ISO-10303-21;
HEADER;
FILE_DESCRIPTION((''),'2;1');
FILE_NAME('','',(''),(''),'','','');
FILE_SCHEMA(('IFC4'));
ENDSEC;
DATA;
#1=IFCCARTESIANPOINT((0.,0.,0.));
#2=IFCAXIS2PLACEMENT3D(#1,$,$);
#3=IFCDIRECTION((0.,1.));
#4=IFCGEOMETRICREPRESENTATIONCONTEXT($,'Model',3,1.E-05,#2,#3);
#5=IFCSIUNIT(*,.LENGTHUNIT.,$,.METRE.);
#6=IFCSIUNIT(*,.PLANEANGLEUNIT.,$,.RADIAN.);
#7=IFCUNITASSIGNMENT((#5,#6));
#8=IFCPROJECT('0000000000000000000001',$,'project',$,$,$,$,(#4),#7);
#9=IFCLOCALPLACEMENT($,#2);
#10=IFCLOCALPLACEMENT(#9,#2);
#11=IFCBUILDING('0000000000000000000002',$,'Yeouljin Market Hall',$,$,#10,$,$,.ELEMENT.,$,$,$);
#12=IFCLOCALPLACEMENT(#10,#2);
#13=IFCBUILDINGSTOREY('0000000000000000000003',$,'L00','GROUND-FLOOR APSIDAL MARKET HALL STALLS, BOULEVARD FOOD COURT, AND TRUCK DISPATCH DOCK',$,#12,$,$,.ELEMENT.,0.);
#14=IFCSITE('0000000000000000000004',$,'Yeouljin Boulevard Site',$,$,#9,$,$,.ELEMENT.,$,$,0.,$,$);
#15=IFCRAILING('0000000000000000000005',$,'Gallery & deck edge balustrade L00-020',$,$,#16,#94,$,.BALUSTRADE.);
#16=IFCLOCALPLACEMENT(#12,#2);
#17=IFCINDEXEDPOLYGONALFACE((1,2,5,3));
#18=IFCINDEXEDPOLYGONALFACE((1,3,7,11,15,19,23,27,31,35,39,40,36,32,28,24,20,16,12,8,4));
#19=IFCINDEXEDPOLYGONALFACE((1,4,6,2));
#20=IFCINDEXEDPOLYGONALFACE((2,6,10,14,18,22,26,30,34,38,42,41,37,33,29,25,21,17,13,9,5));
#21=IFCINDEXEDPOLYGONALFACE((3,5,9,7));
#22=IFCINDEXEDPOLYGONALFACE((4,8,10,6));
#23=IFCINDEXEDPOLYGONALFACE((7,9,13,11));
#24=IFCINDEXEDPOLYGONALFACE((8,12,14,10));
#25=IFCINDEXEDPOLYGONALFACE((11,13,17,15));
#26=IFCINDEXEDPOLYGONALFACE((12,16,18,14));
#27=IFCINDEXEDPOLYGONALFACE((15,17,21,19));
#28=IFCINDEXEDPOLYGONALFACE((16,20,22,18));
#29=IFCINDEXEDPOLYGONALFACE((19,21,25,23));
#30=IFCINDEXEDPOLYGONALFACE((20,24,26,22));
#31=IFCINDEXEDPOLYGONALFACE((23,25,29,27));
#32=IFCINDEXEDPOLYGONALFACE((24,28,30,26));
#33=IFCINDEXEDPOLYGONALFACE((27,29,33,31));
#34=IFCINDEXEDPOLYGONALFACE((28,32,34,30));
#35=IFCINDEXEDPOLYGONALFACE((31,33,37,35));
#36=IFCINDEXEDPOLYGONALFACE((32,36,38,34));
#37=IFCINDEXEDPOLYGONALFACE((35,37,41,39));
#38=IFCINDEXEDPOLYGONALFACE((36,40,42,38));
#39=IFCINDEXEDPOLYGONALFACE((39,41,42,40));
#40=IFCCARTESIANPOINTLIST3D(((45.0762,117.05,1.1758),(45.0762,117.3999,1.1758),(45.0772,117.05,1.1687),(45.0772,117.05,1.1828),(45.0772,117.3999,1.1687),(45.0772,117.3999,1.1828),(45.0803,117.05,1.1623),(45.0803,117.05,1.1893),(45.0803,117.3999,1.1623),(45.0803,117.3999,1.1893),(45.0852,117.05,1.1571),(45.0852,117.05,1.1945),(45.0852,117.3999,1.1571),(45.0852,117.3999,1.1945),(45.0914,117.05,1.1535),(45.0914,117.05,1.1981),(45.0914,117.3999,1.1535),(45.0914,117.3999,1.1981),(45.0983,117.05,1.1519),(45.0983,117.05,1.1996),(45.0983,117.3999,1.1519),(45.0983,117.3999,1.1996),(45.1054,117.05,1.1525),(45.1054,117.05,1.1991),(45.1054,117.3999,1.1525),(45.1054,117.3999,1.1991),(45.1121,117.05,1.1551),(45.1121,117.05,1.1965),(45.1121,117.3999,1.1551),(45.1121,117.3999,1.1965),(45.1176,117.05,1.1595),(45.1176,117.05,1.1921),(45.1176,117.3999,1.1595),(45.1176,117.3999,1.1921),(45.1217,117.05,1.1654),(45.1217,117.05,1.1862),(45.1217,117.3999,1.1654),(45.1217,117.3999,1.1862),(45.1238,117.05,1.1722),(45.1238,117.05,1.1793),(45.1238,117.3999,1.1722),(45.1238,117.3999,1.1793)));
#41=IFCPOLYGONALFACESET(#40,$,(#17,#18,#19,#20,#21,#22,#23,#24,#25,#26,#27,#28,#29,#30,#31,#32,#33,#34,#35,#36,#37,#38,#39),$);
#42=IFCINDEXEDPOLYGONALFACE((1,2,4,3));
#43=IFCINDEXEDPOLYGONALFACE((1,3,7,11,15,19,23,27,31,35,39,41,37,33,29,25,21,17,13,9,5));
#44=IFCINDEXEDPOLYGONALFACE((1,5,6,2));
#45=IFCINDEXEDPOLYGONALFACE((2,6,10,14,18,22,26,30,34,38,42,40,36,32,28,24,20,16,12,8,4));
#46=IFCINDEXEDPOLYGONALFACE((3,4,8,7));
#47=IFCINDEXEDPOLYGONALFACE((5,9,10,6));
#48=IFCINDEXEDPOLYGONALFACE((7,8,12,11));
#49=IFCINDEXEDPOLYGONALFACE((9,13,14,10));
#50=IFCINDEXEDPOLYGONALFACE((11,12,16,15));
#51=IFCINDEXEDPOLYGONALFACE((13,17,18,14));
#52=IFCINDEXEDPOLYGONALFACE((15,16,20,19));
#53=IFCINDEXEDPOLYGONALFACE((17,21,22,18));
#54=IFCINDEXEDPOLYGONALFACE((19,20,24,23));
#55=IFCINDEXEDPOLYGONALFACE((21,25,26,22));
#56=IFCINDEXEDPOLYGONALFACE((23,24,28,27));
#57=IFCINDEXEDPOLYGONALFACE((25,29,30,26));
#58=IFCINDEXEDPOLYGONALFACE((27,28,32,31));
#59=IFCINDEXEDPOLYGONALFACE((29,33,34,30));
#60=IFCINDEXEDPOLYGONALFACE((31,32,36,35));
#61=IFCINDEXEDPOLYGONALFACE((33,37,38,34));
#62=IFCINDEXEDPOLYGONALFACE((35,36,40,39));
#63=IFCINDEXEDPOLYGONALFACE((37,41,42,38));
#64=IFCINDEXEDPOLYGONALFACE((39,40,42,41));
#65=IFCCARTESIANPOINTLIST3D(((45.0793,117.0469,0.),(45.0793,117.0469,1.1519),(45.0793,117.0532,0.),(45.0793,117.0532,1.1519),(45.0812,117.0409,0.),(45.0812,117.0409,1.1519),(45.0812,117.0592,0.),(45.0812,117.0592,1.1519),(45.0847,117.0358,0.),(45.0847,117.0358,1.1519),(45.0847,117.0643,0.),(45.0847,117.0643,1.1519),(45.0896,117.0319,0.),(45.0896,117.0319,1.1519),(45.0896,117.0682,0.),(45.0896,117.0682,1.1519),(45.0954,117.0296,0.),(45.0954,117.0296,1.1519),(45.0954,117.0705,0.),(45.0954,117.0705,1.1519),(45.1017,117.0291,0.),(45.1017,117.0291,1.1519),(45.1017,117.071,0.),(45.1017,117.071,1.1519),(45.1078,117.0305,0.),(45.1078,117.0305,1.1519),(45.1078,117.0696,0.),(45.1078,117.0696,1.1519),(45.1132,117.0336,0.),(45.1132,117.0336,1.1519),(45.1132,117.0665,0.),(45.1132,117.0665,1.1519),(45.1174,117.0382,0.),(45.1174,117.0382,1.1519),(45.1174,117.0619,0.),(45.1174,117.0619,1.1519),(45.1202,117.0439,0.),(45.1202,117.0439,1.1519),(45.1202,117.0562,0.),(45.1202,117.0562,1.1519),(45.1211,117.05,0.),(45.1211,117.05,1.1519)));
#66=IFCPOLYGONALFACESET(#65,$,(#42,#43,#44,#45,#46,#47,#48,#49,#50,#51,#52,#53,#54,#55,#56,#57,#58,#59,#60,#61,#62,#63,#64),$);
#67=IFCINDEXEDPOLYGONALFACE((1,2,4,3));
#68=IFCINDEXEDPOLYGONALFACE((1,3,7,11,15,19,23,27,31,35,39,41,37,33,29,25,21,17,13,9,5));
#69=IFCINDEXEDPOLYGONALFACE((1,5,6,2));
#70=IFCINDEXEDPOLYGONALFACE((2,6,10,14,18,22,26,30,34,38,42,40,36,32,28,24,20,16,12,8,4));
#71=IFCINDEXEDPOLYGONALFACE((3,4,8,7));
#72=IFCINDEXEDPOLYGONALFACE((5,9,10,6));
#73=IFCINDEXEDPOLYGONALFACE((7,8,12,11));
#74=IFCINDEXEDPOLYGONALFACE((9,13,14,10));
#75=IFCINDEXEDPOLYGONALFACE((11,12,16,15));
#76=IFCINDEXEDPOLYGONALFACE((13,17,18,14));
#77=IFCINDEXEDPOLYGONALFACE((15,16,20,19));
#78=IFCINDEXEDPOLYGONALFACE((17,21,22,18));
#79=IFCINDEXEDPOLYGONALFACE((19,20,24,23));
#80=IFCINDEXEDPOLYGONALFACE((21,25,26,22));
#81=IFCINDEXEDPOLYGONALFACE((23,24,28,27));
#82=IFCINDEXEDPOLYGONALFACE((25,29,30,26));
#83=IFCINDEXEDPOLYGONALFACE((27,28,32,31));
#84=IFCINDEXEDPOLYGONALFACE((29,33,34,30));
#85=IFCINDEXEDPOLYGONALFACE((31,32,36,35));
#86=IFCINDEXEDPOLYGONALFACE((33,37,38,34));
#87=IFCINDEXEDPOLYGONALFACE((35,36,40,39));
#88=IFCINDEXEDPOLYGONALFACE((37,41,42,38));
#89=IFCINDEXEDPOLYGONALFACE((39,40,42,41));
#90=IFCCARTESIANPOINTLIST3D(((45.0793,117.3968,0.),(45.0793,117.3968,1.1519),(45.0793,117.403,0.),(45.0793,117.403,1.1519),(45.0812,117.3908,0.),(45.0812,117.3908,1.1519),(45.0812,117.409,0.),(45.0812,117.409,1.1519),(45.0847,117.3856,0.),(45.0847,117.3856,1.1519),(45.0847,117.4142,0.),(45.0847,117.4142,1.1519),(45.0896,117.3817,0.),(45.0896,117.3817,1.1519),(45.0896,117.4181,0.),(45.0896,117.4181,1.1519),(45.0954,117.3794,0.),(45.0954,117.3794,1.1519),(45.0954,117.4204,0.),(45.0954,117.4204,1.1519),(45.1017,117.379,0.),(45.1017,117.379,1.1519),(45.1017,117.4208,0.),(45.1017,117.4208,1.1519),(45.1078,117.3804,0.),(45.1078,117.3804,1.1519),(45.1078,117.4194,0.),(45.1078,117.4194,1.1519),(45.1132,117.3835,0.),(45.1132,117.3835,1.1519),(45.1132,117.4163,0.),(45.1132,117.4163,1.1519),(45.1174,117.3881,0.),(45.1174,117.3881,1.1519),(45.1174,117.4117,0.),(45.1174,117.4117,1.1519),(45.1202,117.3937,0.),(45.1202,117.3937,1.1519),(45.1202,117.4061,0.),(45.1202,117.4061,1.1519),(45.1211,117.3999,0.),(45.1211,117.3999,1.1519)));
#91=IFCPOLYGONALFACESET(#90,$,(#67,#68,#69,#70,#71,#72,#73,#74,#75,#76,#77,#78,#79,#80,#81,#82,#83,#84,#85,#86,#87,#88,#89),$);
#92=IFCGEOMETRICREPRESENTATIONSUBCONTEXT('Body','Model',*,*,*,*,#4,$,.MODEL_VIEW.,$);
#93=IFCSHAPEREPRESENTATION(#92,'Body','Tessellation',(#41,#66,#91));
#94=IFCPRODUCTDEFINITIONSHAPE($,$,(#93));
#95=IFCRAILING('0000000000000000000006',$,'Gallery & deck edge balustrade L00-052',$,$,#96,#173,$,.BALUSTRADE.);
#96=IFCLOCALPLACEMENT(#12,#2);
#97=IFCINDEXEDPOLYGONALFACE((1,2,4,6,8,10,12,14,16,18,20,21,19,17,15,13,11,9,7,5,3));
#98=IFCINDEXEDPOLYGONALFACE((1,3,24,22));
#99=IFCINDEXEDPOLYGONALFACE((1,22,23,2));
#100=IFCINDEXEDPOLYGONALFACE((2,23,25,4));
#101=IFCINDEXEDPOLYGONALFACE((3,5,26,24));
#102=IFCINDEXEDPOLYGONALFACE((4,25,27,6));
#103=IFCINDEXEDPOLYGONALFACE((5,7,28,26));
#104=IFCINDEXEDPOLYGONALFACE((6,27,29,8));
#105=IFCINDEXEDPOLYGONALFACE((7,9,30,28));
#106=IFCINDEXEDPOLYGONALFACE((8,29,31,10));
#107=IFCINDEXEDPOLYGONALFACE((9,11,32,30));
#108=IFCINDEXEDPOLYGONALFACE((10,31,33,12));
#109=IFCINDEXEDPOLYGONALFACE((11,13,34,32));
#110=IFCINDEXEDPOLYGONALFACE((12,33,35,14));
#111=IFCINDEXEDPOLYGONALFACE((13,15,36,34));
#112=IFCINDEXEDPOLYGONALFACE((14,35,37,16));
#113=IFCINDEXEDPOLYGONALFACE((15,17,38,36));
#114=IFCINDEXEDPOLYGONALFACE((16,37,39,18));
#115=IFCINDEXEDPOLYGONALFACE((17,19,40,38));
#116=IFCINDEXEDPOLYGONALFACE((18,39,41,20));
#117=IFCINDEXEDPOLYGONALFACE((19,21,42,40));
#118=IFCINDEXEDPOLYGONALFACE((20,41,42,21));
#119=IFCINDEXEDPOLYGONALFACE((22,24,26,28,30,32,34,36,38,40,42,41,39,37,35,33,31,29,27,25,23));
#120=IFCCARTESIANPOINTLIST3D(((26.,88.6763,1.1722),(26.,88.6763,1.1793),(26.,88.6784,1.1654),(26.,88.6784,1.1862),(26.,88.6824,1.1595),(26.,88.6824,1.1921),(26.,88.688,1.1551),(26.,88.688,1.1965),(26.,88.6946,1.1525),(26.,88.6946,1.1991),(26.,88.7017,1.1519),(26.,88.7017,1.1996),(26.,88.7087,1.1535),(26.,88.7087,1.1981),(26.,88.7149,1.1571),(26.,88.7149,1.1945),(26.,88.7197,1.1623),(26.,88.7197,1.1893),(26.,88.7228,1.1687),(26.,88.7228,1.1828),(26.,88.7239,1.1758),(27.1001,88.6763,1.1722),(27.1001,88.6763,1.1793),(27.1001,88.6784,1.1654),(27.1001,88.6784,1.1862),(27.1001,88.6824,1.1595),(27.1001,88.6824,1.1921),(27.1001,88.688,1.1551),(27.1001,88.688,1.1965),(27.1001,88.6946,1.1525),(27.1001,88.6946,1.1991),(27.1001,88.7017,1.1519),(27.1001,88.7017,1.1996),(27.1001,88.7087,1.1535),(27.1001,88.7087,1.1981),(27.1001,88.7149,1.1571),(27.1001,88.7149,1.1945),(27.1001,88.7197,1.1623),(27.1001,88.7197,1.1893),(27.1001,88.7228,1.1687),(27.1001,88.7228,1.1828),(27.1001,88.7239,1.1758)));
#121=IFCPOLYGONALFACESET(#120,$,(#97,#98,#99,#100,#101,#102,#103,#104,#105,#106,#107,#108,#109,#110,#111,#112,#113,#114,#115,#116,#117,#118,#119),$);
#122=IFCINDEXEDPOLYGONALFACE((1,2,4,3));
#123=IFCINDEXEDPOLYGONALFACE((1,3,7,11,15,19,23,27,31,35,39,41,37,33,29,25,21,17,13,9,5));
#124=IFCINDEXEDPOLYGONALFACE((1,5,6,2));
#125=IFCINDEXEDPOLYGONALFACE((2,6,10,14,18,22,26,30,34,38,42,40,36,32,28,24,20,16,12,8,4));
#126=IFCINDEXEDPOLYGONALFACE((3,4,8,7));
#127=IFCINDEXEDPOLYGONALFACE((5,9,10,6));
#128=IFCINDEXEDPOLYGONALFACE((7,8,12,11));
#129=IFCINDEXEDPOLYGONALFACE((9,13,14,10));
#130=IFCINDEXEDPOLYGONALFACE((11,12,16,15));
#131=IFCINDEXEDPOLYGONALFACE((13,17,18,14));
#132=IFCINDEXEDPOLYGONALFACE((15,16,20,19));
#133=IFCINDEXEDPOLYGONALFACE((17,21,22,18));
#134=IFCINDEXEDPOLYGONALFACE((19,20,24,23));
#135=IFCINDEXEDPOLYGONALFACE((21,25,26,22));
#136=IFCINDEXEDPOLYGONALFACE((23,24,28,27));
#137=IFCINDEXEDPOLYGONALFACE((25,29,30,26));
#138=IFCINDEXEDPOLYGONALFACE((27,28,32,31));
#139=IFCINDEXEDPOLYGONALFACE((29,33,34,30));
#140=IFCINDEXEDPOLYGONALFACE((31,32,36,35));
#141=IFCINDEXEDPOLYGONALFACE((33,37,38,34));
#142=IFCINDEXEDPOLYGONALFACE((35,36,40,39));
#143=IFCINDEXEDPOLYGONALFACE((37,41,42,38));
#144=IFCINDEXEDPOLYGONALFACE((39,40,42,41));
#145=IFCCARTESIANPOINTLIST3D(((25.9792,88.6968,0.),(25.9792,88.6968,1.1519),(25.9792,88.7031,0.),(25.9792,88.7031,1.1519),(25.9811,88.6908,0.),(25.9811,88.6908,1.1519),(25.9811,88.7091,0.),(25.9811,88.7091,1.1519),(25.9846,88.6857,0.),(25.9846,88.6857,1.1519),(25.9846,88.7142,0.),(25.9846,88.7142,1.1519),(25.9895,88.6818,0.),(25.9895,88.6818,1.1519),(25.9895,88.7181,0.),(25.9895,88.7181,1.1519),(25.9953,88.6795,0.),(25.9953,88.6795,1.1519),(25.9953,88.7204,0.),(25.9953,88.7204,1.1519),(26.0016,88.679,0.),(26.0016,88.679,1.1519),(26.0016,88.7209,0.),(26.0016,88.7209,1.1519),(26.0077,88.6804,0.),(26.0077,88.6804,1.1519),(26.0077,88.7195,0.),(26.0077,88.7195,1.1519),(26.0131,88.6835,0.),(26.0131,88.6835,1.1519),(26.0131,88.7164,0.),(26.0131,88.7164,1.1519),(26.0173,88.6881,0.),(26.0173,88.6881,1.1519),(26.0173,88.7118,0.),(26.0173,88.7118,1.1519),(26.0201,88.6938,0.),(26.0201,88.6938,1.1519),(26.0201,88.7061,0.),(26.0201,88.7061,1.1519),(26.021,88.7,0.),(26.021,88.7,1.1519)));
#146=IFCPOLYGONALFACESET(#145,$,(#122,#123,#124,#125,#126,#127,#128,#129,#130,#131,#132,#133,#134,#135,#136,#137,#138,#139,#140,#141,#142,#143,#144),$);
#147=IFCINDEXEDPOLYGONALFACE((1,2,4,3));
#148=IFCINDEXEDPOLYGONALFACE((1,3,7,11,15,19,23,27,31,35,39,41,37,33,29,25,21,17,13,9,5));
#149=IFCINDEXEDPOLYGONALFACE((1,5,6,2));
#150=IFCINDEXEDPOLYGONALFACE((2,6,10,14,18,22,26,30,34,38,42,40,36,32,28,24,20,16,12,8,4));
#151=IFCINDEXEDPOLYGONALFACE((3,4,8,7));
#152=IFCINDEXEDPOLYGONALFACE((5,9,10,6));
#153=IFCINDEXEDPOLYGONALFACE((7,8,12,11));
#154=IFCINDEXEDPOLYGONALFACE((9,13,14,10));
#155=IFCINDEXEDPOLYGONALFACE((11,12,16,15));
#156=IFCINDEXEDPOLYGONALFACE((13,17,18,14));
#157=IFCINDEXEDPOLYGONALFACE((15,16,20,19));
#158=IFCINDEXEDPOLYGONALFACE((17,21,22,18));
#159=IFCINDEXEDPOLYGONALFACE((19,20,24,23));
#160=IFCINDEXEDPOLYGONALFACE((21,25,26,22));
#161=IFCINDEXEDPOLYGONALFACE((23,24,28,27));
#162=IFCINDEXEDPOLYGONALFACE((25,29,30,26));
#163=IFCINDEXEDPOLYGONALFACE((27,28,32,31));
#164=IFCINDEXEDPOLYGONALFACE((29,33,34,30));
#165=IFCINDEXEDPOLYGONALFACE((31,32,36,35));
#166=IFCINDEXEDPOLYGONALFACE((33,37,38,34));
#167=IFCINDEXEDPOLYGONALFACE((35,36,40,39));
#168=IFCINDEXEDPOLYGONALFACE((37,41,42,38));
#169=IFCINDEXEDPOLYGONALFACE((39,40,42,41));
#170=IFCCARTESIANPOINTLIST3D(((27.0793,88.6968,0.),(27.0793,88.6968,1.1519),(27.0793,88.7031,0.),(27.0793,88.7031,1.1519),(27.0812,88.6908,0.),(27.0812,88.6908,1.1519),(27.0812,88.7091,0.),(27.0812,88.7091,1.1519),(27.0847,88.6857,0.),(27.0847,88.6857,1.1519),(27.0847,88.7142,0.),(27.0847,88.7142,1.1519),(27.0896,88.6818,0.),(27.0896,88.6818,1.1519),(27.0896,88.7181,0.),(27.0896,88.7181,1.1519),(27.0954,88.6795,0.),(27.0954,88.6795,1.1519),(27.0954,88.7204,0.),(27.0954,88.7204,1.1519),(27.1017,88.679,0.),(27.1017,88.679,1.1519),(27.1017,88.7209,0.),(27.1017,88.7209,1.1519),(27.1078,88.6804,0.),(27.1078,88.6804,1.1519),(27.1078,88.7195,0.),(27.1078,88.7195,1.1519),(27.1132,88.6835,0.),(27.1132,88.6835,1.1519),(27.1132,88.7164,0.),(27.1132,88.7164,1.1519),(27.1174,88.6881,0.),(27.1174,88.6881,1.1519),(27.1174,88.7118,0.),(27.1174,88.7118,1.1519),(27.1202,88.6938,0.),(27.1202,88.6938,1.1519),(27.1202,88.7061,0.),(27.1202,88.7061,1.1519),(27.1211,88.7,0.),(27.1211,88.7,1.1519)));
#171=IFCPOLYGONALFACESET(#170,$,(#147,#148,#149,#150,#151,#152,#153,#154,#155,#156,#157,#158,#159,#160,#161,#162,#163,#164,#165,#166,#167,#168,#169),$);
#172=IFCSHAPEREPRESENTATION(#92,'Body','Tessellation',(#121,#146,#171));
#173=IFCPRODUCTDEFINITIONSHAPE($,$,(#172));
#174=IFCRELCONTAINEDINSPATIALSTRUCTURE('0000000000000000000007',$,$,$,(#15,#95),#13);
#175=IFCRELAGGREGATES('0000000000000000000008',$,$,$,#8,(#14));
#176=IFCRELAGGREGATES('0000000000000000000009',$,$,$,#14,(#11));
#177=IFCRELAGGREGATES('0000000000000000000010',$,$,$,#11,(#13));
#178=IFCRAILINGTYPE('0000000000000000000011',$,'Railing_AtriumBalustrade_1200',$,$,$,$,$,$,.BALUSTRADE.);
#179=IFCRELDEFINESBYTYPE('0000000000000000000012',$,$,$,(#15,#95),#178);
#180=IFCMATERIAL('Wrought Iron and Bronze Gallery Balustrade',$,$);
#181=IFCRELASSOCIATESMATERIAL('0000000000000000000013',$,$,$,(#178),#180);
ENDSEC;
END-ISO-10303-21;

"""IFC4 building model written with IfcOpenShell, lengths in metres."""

from ifc_helpers import new_model, si_unit, direction, frame, origin, origin_2d, place, context, subcontext, project, spatial, circle, extrude, material, type_object, element, save


model = new_model("IFC4")

# Units and contexts
model_context = context("Model", 3, precision=1e-05, world=origin(), true_north=direction((0.0, 1.0)))
body_context = subcontext(model_context, "Body", "Model", "MODEL_VIEW")
ifc_project = project(units=[si_unit("LENGTHUNIT", "METRE"), si_unit("PLANEANGLEUNIT", "RADIAN")], contexts=[model_context])

# Site, building, storey
site_placement = place(None, origin())
site = spatial("IfcSite", under=ifc_project, at=site_placement, Name="Yeouljin Boulevard Site", CompositionType="ELEMENT", RefElevation=0.0)
building_placement = place(site_placement, origin())
building = spatial("IfcBuilding", under=site, at=building_placement, Name="Yeouljin Market Hall", CompositionType="ELEMENT")
storey_placement = place(building_placement, origin())
storey = spatial("IfcBuildingStorey", under=building, at=storey_placement, Name="L00", Description="GROUND-FLOOR APSIDAL MARKET HALL STALLS, BOULEVARD FOOD COURT, AND TRUCK DISPATCH DOCK", CompositionType="ELEMENT", Elevation=0.0)

# Railings
ifc_material_1 = material(Name="Wrought Iron and Bronze Gallery Balustrade")
railing_type = type_object("IfcRailingType", Name="Railing_AtriumBalustrade_1200", PredefinedType="BALUSTRADE", material=ifc_material_1)
railing_1_placement = place(storey_placement, frame((45.1001, 117.05, 0.0)))
element("IfcRailing", 1, at=railing_1_placement, inside=storey, type_object=railing_type, Name="Gallery & deck edge balustrade L00-020", PredefinedType="BALUSTRADE", context=body_context, shape_type="SweptSolid", body=[
    extrude(circle(Radius=0.0239, at=origin_2d()), frame((0.0, 0.0, 1.1758), z_axis=(0.0, 1.0, 0.0), x_axis=(-1.0, 0.0, 0.0)), (0.0, 0.0, 1.0), 0.3499),
    extrude(circle(Radius=0.021, at=origin_2d()), origin(), (0.0, 0.0, 1.0), 1.1519),
    extrude(circle(Radius=0.021, at=origin_2d()), frame((0.0, 0.3499, 0.0)), (0.0, 0.0, 1.0), 1.1519),
])
railing_2_placement = place(storey_placement, frame((26.0, 88.7, 0.0)))
element("IfcRailing", 2, at=railing_2_placement, inside=storey, type_object=railing_type, Name="Gallery & deck edge balustrade L00-052", PredefinedType="BALUSTRADE", context=body_context, shape_type="SweptSolid", body=[
    extrude(circle(Radius=0.0239, at=origin_2d()), frame((0.0, 0.0, 1.1758), z_axis=(1.0, 0.0, 0.0), x_axis=(0.0, 1.0, 0.0)), (0.0, 0.0, 1.0), 1.1001),
    extrude(circle(Radius=0.021, at=origin_2d()), origin(), (0.0, 0.0, 1.0), 1.1519),
    extrude(circle(Radius=0.021, at=origin_2d()), frame((1.1001, 0.0, 0.0)), (0.0, 0.0, 1.0), 1.1519),
])

save(model, "model.ifc")
